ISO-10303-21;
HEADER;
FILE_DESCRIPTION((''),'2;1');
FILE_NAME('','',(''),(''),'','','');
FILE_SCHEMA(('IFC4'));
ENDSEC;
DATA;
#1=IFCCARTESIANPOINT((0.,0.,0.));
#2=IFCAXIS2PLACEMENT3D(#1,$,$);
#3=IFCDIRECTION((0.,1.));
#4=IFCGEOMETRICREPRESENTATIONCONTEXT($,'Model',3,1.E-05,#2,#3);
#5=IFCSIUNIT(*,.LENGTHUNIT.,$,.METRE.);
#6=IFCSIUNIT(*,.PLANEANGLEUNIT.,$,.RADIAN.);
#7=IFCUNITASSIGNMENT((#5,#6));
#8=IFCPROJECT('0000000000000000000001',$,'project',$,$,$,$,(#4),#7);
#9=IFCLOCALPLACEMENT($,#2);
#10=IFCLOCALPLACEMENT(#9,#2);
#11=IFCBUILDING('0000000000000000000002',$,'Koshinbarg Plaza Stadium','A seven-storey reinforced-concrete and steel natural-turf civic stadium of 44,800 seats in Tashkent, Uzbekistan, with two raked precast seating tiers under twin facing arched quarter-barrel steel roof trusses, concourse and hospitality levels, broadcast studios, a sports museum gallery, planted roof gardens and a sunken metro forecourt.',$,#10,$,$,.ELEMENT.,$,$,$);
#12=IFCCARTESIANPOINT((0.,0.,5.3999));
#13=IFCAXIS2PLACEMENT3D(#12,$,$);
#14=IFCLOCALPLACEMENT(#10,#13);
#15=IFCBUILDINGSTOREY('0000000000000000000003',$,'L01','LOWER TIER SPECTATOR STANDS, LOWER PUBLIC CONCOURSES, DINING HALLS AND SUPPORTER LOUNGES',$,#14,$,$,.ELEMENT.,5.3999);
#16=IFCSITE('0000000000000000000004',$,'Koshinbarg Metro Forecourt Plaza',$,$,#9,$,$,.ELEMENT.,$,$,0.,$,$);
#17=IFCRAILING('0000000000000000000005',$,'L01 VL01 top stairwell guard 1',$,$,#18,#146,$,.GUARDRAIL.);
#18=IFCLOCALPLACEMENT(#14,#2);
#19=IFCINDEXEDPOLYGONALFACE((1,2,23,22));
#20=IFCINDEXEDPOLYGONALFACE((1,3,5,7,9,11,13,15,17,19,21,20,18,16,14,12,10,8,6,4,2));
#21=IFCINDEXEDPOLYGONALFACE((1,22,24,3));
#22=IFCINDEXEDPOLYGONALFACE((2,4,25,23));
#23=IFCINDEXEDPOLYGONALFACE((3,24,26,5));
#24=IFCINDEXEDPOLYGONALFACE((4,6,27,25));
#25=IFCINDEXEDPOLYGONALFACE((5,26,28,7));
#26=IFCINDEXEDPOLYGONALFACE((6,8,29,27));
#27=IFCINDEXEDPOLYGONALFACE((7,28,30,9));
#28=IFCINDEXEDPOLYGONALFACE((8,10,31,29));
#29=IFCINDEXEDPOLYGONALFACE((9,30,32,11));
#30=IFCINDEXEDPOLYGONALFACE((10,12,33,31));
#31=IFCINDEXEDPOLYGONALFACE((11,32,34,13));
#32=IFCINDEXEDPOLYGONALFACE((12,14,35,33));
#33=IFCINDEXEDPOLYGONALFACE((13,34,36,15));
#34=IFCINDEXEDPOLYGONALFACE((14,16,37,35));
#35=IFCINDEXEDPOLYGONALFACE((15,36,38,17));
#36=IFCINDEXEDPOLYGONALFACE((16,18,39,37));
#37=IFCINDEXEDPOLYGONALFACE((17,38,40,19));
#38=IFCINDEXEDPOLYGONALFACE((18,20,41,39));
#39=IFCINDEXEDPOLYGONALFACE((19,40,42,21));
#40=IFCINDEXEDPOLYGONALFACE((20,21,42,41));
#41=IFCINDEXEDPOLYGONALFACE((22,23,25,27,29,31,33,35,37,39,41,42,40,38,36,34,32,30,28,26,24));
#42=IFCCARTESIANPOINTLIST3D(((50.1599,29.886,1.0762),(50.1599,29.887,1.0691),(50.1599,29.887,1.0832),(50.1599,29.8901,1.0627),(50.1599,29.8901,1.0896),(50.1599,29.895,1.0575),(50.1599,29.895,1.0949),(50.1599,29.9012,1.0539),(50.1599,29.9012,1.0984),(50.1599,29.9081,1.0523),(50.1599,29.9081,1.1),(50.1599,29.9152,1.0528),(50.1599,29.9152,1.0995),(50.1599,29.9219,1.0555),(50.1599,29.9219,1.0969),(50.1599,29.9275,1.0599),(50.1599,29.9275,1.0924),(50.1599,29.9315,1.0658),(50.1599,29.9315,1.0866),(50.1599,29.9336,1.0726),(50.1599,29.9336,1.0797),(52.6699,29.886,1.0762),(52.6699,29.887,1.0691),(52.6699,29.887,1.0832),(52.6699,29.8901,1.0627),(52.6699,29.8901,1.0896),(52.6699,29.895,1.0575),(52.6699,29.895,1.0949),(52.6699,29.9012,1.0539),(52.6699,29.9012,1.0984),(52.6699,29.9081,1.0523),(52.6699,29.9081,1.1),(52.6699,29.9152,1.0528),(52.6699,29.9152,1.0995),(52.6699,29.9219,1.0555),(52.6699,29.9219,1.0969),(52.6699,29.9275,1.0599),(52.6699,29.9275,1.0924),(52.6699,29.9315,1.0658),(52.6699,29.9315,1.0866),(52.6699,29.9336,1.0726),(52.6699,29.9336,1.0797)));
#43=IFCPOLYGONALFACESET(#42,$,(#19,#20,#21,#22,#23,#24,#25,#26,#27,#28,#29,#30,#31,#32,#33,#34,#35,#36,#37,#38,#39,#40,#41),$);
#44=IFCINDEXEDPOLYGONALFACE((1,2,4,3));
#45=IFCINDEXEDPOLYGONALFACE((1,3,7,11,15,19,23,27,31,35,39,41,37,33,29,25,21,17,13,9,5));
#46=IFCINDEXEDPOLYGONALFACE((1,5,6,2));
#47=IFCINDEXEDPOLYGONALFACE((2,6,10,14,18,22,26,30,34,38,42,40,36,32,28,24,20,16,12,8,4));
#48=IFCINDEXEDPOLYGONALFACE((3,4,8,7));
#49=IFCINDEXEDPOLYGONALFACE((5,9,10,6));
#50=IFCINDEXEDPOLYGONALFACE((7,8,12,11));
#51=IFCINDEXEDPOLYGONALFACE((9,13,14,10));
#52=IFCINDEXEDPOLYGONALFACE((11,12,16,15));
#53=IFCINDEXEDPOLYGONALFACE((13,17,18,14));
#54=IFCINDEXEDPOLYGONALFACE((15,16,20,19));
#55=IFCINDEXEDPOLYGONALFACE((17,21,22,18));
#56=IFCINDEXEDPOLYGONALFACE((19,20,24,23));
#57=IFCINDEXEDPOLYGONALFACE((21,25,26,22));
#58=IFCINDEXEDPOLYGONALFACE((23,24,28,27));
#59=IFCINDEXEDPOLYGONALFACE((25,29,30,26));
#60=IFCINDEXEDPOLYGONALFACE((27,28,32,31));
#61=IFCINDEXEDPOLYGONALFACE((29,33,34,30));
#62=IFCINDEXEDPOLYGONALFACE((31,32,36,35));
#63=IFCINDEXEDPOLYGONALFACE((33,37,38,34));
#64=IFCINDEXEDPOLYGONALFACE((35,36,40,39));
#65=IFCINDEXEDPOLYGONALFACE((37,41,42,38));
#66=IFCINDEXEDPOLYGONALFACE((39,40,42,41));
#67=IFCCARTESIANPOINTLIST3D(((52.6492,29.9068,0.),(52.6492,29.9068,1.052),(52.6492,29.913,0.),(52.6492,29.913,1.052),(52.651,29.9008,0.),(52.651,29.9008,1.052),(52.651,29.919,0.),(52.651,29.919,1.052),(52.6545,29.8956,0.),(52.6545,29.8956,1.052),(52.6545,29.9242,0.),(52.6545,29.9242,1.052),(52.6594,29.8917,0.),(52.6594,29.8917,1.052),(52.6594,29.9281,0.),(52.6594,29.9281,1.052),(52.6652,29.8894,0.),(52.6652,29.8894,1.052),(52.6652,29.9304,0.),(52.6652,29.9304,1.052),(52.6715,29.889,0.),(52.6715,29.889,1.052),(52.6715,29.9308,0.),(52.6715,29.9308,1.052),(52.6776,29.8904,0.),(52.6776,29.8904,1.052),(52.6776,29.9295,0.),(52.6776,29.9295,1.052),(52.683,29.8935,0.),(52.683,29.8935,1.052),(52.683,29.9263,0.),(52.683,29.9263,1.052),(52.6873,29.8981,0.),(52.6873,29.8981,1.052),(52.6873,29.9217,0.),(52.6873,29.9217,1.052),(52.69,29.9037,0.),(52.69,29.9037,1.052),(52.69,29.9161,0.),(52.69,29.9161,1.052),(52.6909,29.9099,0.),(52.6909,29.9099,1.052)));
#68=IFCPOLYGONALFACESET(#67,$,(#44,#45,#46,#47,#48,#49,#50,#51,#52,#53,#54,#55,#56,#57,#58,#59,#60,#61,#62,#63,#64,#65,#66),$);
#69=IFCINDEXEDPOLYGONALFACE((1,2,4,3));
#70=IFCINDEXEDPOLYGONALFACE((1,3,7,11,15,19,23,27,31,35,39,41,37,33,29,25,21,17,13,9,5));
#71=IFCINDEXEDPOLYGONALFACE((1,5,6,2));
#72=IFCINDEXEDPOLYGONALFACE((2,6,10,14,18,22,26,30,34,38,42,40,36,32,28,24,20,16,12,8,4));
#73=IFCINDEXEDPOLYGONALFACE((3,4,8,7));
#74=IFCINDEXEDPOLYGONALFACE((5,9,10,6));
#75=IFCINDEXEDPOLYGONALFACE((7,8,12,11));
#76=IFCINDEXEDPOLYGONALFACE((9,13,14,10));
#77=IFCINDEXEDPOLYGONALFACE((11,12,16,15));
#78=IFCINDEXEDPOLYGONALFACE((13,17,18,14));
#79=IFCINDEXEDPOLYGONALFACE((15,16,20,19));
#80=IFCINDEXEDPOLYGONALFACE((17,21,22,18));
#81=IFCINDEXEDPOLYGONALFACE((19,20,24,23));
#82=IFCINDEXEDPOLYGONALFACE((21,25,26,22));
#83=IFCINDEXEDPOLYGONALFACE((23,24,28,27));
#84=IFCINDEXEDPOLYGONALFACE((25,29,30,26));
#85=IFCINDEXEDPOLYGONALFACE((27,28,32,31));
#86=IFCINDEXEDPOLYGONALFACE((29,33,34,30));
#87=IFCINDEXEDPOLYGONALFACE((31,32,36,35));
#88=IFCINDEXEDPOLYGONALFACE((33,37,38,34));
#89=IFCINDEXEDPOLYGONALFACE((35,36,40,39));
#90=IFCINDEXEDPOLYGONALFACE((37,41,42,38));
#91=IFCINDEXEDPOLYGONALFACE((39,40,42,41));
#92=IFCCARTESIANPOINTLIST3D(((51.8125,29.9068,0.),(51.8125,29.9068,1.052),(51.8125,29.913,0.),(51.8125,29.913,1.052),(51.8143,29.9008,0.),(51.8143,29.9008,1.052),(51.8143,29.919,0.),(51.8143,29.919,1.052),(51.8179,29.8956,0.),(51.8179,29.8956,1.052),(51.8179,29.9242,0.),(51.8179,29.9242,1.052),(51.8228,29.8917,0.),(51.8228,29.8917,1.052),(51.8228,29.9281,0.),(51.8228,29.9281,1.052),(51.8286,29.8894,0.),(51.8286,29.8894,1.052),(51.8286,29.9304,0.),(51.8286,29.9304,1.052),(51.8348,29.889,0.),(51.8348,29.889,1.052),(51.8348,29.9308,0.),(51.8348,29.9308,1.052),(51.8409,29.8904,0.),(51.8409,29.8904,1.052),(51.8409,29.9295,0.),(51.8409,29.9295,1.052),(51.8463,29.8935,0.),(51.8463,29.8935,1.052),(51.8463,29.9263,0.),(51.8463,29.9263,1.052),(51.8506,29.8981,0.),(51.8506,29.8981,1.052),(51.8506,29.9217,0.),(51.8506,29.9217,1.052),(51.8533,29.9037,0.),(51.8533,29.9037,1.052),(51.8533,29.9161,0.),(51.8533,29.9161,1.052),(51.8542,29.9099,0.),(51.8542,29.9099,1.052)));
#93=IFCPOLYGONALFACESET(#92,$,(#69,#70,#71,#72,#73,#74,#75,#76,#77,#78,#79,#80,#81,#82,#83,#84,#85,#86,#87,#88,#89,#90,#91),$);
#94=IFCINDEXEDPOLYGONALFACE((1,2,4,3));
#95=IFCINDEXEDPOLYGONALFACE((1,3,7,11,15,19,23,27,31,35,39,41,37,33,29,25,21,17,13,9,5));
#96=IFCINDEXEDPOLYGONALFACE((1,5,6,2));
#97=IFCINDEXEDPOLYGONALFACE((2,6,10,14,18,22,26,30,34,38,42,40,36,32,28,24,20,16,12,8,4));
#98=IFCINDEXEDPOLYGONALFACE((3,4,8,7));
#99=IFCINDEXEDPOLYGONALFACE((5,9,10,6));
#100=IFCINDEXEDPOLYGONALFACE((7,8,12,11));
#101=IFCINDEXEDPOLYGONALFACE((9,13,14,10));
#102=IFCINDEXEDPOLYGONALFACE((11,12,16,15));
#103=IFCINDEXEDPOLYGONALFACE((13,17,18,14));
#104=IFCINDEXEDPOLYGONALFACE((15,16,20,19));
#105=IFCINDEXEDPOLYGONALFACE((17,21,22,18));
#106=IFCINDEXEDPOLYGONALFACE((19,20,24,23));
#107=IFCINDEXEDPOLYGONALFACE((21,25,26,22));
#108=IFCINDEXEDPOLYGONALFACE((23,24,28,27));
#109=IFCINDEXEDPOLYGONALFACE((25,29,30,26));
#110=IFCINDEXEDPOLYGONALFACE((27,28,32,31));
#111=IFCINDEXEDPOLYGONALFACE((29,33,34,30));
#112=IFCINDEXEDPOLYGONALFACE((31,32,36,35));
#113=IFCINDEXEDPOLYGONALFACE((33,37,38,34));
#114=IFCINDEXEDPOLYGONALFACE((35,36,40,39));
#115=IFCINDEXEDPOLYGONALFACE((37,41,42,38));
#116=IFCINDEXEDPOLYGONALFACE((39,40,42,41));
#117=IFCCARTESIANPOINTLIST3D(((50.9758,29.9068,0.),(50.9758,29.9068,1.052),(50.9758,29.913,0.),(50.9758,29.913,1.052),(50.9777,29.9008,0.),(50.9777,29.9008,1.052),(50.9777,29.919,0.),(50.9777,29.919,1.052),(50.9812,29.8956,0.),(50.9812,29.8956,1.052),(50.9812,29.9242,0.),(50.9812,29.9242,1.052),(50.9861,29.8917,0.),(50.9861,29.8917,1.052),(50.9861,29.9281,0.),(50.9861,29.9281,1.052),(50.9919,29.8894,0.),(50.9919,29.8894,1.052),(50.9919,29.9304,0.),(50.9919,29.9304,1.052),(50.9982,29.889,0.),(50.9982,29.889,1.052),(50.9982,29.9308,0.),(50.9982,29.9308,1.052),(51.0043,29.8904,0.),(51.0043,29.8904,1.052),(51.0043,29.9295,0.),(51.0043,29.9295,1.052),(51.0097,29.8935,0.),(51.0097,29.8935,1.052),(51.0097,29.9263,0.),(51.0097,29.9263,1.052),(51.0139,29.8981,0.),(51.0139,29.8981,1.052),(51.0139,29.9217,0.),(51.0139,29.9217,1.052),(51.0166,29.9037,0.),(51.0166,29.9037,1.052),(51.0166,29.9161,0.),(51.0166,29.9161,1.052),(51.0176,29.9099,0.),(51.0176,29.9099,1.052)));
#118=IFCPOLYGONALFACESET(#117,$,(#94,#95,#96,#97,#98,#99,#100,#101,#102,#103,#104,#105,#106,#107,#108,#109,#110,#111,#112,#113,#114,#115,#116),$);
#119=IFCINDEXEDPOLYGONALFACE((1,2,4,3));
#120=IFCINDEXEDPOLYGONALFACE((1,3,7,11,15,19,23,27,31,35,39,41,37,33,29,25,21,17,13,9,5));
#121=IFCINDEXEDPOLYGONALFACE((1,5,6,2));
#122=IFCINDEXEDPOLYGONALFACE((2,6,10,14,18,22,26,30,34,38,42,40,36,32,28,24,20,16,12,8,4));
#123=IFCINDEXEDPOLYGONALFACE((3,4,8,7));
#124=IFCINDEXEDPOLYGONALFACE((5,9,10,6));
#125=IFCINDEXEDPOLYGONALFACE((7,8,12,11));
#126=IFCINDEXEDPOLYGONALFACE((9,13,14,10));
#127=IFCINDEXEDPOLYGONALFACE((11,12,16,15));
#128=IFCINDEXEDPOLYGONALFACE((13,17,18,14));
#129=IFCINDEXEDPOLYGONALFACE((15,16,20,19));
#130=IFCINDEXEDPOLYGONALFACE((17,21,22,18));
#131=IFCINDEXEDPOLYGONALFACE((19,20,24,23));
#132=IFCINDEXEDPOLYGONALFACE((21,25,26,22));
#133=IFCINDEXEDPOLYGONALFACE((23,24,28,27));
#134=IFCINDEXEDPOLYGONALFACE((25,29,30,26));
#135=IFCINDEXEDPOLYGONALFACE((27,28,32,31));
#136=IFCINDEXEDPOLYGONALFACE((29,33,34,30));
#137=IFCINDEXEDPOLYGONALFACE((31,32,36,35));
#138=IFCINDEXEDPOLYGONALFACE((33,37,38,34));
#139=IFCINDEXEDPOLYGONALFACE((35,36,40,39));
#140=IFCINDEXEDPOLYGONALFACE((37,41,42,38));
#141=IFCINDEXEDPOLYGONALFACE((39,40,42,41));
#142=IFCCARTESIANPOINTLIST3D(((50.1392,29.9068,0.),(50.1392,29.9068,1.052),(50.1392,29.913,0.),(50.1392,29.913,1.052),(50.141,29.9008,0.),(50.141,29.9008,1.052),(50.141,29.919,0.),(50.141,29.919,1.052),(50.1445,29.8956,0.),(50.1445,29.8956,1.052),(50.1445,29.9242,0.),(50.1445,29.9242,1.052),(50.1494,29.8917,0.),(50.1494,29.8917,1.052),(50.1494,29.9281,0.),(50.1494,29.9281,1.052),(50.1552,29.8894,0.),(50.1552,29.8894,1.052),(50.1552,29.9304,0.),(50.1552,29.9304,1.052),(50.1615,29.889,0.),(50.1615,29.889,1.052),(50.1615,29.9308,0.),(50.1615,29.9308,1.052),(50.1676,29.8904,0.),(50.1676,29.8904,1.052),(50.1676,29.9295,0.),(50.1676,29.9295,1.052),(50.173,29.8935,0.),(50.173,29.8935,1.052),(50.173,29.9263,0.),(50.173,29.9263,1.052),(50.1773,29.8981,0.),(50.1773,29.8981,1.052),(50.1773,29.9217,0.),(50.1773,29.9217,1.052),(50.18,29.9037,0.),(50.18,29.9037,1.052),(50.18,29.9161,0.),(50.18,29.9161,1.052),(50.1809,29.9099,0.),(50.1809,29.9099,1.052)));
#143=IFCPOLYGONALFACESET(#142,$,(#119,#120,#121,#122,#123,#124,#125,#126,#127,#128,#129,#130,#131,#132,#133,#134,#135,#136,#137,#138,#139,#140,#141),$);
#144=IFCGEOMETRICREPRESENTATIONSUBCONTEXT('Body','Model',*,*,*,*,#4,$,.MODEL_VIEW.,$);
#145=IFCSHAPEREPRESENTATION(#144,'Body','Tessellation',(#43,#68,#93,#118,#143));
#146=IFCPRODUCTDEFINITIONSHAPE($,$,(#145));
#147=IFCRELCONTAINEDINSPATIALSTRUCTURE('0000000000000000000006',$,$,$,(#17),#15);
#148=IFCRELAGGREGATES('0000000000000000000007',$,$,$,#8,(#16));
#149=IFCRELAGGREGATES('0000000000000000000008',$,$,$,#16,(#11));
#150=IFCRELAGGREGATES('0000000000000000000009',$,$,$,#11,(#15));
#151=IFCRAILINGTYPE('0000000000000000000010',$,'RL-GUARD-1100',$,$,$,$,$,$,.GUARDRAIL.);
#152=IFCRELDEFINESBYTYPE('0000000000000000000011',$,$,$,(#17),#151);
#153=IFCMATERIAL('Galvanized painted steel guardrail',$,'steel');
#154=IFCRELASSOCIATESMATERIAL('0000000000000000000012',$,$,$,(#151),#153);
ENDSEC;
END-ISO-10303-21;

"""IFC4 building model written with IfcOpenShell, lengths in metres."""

from ifc_helpers import new_model, si_unit, direction, frame, origin, origin_2d, place, context, subcontext, project, spatial, circle, extrude, material, type_object, element, save


model = new_model("IFC4")

# Units and contexts
model_context = context("Model", 3, precision=1e-05, world=origin(), true_north=direction((0.0, 1.0)))
body_context = subcontext(model_context, "Body", "Model", "MODEL_VIEW")
ifc_project = project(units=[si_unit("LENGTHUNIT", "METRE"), si_unit("PLANEANGLEUNIT", "RADIAN")], contexts=[model_context])

# Site, building, storey
site_placement = place(None, origin())
site = spatial("IfcSite", under=ifc_project, at=site_placement, Name="Koshinbarg Metro Forecourt Plaza", CompositionType="ELEMENT", RefElevation=0.0)
building_placement = place(site_placement, origin())
building = spatial("IfcBuilding", under=site, at=building_placement, Name="Koshinbarg Plaza Stadium", Description="A seven-storey reinforced-concrete and steel natural-turf civic stadium of 44,800 seats in Tashkent, Uzbekistan, with two raked precast seating tiers under twin facing arched quarter-barrel steel roof trusses, concourse and hospitality levels, broadcast studios, a sports museum gallery, planted roof gardens and a sunken metro forecourt.", CompositionType="ELEMENT")
storey_placement = place(building_placement, frame((0.0, 0.0, 5.3999)))
storey = spatial("IfcBuildingStorey", under=building, at=storey_placement, Name="L01", Description="LOWER TIER SPECTATOR STANDS, LOWER PUBLIC CONCOURSES, DINING HALLS AND SUPPORTER LOUNGES", CompositionType="ELEMENT", Elevation=5.3999)

# Railing
ifc_material_1 = material(Name="Galvanized painted steel guardrail", Category="steel")
railing_type_1 = type_object("IfcRailingType", Name="RL-GUARD-1100", PredefinedType="GUARDRAIL", material=ifc_material_1)
railing_1_placement = place(storey_placement, frame((52.6699, 29.9099, 0.0)))
element("IfcRailing", 1, at=railing_1_placement, inside=storey, type_object=railing_type_1, Name="L01 VL01 top stairwell guard 1", PredefinedType="GUARDRAIL", context=body_context, shape_type="SweptSolid", body=[
    extrude(circle(Radius=0.0239, at=origin_2d()), frame((0.0, 0.0, 1.0762), z_axis=(-1.0, 0.0, 0.0), x_axis=(0.0, -1.0, 0.0)), (0.0, 0.0, 1.0), 2.51),
    extrude(circle(Radius=0.021, at=origin_2d()), origin(), (0.0, 0.0, 1.0), 1.052),
    extrude(circle(Radius=0.021, at=origin_2d()), frame((-0.8367, 0.0, 0.0)), (0.0, 0.0, 1.0), 1.052),
    extrude(circle(Radius=0.021, at=origin_2d()), frame((-1.6733, 0.0, 0.0)), (0.0, 0.0, 1.0), 1.052),
    extrude(circle(Radius=0.021, at=origin_2d()), frame((-2.51, 0.0, 0.0)), (0.0, 0.0, 1.0), 1.052),
])

save(model, "model.ifc")
